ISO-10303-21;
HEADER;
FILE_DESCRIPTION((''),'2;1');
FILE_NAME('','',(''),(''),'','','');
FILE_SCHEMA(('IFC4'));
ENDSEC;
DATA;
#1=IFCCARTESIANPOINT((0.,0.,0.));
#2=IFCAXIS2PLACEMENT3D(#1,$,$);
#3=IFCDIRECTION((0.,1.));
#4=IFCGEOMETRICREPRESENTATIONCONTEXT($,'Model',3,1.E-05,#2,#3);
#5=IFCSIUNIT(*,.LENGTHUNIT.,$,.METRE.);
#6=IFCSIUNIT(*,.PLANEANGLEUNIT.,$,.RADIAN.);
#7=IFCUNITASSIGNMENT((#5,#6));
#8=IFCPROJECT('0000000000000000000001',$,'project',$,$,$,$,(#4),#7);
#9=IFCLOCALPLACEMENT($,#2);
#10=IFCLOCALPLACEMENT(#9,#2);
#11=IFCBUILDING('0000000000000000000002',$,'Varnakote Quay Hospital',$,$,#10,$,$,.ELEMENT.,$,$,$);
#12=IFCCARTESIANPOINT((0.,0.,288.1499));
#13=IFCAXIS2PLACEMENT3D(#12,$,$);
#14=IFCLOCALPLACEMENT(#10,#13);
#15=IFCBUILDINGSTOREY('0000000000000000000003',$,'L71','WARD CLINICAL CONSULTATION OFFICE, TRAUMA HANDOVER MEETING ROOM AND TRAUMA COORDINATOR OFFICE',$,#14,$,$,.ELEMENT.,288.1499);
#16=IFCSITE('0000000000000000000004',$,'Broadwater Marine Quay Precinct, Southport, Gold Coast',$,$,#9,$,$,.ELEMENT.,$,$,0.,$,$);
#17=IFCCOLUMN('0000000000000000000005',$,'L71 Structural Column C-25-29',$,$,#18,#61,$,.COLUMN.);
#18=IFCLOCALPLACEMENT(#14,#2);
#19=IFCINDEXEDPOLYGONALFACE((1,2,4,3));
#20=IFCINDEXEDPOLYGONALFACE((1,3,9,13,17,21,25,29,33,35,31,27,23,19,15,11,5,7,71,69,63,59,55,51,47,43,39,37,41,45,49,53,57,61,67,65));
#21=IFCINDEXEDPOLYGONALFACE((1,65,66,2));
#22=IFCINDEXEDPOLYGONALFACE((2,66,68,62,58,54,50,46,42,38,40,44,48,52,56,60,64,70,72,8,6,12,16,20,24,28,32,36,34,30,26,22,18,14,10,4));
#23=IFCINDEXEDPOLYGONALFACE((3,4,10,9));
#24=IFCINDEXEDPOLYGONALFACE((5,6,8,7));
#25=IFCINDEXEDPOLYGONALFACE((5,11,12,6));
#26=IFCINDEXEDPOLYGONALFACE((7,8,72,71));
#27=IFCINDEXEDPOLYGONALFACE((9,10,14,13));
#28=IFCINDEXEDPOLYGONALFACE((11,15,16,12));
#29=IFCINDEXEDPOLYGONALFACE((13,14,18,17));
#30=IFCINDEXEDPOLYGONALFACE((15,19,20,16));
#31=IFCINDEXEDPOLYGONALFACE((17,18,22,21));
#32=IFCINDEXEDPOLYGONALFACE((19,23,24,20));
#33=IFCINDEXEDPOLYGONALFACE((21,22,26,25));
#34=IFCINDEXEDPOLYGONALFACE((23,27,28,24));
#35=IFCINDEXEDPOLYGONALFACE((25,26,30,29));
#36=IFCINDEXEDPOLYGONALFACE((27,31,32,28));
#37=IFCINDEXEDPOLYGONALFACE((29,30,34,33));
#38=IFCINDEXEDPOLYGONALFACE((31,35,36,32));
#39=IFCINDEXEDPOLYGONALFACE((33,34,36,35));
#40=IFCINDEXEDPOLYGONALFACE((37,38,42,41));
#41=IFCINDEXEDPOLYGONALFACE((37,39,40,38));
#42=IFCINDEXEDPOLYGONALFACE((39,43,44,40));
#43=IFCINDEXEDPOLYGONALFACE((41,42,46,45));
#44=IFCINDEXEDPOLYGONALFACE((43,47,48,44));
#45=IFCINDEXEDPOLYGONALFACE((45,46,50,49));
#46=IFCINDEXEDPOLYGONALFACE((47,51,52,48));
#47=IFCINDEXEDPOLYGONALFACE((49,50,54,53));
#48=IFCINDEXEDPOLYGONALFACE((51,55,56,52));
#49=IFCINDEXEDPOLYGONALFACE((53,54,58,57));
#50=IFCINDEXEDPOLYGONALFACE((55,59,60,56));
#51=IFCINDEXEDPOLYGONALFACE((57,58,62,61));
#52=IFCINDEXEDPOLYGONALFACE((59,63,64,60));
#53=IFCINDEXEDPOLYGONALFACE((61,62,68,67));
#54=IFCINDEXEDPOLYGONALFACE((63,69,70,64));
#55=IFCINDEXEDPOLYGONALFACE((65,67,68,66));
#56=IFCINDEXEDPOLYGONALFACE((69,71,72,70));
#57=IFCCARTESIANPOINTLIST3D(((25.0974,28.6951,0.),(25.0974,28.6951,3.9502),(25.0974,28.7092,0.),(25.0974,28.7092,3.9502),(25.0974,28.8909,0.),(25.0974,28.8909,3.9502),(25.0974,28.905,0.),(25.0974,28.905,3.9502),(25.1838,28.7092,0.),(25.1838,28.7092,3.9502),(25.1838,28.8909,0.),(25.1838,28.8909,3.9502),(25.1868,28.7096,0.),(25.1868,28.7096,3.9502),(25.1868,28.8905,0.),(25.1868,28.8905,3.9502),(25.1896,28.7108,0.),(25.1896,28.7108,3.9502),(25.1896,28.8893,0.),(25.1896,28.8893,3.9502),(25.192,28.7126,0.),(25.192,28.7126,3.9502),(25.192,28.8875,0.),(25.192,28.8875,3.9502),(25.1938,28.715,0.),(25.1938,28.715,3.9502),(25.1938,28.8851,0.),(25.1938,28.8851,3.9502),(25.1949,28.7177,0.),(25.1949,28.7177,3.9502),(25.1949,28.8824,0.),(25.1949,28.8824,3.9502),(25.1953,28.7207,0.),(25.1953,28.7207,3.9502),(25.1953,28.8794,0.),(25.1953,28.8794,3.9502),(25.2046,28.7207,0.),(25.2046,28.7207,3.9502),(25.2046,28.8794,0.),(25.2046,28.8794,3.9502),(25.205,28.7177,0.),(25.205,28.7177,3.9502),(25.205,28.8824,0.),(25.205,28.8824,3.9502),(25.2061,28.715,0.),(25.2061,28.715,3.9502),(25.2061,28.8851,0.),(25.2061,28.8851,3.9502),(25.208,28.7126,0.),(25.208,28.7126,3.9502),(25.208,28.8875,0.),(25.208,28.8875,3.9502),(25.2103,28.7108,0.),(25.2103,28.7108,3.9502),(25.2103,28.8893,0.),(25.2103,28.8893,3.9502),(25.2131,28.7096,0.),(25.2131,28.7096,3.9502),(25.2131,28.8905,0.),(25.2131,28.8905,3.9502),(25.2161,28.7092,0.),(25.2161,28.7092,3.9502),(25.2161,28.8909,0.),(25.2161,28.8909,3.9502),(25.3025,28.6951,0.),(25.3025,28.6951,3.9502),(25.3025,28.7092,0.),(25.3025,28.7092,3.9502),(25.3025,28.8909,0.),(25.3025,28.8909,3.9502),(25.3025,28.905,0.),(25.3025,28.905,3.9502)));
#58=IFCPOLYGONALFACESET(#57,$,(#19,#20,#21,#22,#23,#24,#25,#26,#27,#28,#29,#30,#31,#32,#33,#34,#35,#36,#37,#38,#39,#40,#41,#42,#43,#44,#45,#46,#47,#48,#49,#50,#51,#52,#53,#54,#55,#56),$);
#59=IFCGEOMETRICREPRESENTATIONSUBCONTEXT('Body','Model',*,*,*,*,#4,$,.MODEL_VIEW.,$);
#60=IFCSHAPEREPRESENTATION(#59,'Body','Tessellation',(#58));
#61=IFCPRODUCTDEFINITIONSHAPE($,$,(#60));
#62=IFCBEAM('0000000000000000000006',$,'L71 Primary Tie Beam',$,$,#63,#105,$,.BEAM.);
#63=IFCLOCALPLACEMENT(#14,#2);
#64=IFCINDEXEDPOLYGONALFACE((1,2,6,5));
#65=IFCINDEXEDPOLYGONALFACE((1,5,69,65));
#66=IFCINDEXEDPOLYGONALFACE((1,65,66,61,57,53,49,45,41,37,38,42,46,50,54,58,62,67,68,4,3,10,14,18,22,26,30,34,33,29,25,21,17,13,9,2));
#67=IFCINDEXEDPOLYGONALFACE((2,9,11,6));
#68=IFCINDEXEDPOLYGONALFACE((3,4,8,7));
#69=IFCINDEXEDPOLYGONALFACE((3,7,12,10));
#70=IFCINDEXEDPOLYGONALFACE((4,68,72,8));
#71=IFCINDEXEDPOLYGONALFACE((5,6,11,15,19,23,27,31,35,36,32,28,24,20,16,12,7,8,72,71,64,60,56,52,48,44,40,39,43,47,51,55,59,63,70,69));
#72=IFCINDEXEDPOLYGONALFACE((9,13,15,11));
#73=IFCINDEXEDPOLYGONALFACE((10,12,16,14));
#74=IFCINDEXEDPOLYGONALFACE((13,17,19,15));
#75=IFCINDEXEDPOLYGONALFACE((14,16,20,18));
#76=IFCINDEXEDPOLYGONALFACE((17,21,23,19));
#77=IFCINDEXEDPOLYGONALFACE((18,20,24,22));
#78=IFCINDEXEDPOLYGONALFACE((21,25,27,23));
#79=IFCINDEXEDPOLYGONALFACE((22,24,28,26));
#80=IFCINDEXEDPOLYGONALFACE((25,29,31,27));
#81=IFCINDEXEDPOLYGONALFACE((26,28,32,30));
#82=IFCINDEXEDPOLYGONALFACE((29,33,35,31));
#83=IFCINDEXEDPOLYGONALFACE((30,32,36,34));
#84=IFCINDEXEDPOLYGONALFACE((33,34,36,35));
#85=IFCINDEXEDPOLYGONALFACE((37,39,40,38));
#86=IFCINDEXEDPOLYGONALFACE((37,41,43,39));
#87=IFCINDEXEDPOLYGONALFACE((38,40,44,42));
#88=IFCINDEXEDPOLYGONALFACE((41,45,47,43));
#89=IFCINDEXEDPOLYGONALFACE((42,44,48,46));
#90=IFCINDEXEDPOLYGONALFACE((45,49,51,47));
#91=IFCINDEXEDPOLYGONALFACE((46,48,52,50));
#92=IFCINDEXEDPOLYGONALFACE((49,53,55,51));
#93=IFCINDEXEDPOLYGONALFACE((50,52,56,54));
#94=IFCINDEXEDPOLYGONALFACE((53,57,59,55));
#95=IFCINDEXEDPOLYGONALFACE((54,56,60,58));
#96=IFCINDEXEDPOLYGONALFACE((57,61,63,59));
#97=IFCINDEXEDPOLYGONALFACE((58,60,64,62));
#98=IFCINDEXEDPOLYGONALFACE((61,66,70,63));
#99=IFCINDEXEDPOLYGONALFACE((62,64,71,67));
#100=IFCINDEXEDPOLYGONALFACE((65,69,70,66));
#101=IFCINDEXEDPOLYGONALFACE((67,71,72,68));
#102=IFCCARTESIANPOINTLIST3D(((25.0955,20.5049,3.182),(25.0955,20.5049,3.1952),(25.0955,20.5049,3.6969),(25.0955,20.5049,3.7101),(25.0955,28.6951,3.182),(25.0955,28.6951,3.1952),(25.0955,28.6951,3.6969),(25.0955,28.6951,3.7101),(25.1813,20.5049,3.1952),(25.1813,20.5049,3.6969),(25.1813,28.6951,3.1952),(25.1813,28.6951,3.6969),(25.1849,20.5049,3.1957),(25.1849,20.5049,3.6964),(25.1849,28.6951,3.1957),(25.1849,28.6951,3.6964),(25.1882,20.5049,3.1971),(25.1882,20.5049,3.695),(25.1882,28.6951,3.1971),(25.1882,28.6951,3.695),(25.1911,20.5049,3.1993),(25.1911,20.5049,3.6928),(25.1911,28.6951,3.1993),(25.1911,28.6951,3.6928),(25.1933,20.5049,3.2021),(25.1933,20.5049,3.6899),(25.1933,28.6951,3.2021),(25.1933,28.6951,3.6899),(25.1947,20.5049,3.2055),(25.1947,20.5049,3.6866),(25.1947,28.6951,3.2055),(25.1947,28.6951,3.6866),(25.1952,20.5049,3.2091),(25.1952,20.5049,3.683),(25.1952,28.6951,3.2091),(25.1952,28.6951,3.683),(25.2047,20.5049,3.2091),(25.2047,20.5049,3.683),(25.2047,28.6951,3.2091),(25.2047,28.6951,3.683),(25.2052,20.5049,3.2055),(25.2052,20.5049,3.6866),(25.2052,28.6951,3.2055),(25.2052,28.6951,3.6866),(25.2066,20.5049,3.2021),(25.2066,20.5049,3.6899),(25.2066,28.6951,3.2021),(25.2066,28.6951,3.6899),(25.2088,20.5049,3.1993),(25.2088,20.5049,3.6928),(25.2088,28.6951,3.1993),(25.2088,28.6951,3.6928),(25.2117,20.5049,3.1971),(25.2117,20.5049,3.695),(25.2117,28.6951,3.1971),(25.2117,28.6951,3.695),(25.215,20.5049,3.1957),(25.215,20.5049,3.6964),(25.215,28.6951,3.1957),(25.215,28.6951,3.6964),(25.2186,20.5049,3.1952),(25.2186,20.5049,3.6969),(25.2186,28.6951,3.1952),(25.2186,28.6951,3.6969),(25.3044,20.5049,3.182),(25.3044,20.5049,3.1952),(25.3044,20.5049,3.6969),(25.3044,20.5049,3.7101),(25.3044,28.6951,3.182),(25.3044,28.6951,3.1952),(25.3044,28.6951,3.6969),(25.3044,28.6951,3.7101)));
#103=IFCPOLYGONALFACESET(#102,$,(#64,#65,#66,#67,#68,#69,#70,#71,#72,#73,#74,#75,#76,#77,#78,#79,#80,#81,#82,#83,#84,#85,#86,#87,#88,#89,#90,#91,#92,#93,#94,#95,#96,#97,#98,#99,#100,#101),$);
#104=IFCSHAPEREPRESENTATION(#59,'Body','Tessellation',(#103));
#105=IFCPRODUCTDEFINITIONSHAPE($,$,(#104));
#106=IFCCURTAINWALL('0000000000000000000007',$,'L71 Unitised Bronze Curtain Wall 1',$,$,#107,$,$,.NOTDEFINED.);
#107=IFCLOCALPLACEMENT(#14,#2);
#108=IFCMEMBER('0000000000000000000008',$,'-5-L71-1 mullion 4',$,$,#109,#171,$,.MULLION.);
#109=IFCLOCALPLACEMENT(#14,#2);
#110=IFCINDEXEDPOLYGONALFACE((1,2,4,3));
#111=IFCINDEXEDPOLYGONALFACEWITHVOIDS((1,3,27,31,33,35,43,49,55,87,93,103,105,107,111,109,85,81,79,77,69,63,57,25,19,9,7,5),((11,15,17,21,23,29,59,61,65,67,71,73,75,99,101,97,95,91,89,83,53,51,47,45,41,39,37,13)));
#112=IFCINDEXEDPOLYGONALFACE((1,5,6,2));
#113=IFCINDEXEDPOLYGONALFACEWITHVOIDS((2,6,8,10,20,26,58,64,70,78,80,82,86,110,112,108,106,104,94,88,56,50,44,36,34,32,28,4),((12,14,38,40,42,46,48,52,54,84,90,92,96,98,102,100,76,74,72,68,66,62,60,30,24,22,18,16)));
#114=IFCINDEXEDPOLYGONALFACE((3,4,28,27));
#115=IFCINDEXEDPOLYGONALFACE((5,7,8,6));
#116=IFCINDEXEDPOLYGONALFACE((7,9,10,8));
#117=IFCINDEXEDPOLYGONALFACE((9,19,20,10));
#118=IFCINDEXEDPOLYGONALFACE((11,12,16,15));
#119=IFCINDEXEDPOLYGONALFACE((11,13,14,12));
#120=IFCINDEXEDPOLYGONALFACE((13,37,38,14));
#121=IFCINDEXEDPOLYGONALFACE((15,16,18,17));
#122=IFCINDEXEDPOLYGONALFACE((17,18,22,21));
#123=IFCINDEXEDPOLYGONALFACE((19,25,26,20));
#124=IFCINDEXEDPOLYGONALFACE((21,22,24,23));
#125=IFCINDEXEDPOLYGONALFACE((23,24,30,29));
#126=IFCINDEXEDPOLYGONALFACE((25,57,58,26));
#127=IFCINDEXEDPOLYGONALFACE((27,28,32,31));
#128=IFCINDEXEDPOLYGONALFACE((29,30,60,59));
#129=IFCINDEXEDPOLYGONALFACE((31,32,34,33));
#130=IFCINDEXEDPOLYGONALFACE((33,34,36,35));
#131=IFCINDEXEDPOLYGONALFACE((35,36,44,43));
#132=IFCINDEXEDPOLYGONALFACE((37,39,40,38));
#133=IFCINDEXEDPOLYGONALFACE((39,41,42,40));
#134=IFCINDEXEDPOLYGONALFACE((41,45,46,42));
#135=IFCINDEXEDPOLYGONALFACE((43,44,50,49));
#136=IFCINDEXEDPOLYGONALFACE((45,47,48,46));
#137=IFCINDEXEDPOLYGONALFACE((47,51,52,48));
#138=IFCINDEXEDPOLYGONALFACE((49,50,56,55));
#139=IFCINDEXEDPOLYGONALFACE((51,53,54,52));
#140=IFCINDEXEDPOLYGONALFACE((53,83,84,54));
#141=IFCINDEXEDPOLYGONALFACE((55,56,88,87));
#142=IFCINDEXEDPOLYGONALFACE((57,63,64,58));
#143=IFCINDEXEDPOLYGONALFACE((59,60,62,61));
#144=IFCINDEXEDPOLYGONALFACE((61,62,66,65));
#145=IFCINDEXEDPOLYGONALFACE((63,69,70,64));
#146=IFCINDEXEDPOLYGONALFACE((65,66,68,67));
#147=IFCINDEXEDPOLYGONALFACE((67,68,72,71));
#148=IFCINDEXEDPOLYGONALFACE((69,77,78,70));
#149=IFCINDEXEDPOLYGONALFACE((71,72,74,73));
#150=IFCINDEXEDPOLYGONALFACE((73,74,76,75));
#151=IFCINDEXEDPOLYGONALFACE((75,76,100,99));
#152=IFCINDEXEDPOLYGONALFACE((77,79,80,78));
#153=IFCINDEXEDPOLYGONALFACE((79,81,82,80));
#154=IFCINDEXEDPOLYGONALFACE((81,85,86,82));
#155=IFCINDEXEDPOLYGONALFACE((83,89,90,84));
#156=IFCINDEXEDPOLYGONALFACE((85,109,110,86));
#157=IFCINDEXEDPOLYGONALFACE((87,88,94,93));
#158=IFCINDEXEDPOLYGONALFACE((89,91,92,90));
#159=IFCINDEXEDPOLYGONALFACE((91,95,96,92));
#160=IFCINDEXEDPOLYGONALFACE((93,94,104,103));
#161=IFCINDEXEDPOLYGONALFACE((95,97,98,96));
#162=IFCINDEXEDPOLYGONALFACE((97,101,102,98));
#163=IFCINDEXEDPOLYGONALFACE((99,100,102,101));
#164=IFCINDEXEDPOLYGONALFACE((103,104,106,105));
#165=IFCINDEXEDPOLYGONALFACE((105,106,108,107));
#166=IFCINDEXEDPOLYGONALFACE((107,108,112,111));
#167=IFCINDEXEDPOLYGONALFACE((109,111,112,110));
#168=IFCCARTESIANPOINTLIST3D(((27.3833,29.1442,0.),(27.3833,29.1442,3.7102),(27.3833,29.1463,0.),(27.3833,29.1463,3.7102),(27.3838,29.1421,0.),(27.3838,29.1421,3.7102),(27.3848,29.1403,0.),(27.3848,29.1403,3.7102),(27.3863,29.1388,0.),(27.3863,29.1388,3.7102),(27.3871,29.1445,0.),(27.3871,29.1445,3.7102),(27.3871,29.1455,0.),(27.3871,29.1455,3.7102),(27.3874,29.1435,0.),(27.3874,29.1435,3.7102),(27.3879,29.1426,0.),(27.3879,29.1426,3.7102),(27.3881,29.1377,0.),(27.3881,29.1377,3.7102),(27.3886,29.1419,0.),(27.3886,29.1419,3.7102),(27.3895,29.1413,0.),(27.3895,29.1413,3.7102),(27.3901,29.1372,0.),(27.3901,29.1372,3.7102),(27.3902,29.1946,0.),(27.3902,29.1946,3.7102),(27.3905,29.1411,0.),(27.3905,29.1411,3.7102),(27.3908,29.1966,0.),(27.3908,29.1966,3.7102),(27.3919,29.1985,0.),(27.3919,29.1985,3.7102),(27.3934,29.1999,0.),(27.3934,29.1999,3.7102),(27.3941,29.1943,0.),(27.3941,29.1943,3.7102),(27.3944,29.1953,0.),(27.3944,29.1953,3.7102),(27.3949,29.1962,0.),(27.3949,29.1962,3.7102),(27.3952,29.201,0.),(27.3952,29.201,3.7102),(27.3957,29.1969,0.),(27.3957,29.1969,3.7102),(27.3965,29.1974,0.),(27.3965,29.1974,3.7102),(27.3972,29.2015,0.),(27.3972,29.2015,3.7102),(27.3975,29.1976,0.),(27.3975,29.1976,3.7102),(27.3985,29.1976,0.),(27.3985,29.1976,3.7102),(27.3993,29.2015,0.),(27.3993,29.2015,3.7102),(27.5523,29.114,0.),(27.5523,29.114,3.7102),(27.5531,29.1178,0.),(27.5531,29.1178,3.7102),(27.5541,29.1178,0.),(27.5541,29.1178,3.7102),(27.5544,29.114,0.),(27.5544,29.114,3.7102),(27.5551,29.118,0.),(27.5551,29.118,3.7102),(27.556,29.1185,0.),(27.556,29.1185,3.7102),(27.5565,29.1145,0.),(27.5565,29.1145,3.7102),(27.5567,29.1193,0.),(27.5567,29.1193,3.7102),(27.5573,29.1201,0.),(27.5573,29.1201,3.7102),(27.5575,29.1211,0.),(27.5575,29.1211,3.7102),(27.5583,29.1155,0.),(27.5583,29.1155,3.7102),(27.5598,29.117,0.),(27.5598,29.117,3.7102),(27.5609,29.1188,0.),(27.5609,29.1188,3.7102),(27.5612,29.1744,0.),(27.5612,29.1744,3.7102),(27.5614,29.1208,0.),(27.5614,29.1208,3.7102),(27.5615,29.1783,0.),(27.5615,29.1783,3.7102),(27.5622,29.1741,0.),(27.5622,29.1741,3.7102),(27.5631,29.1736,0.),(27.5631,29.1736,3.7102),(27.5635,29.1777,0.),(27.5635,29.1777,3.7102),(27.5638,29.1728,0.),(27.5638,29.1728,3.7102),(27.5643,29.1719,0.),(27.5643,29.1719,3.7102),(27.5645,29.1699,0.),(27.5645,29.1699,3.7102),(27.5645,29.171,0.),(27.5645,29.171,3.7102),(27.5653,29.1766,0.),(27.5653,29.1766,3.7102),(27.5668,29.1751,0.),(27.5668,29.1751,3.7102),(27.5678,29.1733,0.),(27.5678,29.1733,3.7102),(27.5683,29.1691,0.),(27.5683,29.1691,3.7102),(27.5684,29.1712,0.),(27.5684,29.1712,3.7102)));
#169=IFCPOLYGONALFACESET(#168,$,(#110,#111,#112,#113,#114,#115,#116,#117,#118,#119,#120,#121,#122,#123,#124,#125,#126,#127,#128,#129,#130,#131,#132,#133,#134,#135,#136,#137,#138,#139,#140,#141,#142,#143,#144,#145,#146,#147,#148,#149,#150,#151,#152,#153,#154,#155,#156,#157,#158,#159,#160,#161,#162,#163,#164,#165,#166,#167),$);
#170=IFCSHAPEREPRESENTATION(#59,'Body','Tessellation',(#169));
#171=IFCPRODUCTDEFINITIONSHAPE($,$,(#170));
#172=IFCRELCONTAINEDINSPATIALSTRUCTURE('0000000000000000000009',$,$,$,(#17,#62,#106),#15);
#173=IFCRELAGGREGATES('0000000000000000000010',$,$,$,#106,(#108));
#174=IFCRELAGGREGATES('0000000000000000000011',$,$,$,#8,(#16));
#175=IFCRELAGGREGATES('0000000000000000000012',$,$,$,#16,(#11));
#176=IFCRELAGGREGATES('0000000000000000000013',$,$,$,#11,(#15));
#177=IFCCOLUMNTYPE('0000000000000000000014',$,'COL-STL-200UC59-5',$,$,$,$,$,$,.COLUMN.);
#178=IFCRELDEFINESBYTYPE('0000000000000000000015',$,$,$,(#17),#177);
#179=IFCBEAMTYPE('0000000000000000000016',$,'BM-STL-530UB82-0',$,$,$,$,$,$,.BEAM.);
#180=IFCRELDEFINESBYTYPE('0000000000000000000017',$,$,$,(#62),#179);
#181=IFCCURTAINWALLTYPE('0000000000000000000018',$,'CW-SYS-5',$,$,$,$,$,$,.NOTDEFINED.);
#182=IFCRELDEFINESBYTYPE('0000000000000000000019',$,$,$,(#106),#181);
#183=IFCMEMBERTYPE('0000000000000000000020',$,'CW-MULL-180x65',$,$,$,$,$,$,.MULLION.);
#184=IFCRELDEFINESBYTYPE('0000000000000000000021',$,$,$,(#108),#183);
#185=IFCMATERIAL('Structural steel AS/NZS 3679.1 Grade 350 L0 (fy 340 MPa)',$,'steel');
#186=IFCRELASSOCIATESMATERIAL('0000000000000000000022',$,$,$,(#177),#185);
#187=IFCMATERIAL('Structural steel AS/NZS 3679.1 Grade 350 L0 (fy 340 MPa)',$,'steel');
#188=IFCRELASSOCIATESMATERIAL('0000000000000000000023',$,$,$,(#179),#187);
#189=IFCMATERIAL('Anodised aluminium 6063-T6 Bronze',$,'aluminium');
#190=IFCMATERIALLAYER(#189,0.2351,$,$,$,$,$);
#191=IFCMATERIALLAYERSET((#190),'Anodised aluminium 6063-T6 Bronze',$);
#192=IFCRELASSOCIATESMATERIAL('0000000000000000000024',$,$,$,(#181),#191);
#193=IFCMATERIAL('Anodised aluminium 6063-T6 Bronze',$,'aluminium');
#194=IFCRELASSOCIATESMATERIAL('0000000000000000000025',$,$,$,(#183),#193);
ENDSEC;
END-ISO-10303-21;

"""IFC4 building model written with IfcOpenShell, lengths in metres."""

from ifc_helpers import new_model, si_unit, direction, frame, origin, origin_2d, place, context, subcontext, project, spatial, hollow_rectangle, i_section, extrude, material, layer, layer_set, material_profile, profile_set, type_object, element, aggregate, save


model = new_model("IFC4")

# Units and contexts
model_context = context("Model", 3, precision=1e-05, world=origin(), true_north=direction((0.0, 1.0)))
body_context = subcontext(model_context, "Body", "Model", "MODEL_VIEW")
ifc_project = project(units=[si_unit("LENGTHUNIT", "METRE"), si_unit("PLANEANGLEUNIT", "RADIAN")], contexts=[model_context])

# Site, building, storey
site_placement = place(None, origin())
site = spatial("IfcSite", under=ifc_project, at=site_placement, Name="Broadwater Marine Quay Precinct, Southport, Gold Coast", CompositionType="ELEMENT", RefElevation=0.0)
building_placement = place(site_placement, origin())
building = spatial("IfcBuilding", under=site, at=building_placement, Name="Varnakote Quay Hospital", CompositionType="ELEMENT")
storey_placement = place(building_placement, frame((0.0, 0.0, 288.1499)))
storey = spatial("IfcBuildingStorey", under=building, at=storey_placement, Name="L71", Description="WARD CLINICAL CONSULTATION OFFICE, TRAUMA HANDOVER MEETING ROOM AND TRAUMA COORDINATOR OFFICE", CompositionType="ELEMENT", Elevation=288.1499)

# Column
ifc_material_1 = material(Name="Structural steel AS/NZS 3679.1 Grade 350 L0 (fy 340 MPa)", Category="steel")
ifc_material_profile_1 = material_profile(ifc_material_1, i_section(OverallWidth=0.2051, OverallDepth=0.21, WebThickness=0.0093, FlangeThickness=0.0142, FilletRadius=0.0115, at=origin_2d()), Name="200UC59.5")
ifc_profile_set_1 = profile_set([ifc_material_profile_1], Name="Structural steel AS/NZS 3679.1 Grade 350 L0 (fy 340 MPa)")
column_type = type_object("IfcColumnType", Name="COL-STL-200UC59-5", PredefinedType="COLUMN", material=ifc_profile_set_1)
column_placement = place(storey_placement, frame((25.2, 28.8, 0.0), z_axis=(0.0, 0.0, 1.0), x_axis=(1.0, 0.0, 0.0)))
element("IfcColumn", 1, at=column_placement, inside=storey, type_object=column_type, Name="L71 Structural Column C-25-29", PredefinedType="COLUMN", context=body_context, shape_type="SweptSolid", body=[
    extrude(i_section(OverallWidth=0.2051, OverallDepth=0.21, WebThickness=0.0093, FlangeThickness=0.0142, FilletRadius=0.0115, at=origin_2d()), origin(), (0.0, 0.0, 1.0), 3.9502),
])

# Beam
ifc_material_2 = material(Name="Structural steel AS/NZS 3679.1 Grade 350 L0 (fy 340 MPa)", Category="steel")
ifc_material_profile_2 = material_profile(ifc_material_2, i_section(OverallWidth=0.209, OverallDepth=0.5281, WebThickness=0.0095, FlangeThickness=0.0132, FilletRadius=0.0139, at=origin_2d()), Name="530UB82.0")
ifc_profile_set_2 = profile_set([ifc_material_profile_2], Name="Structural steel AS/NZS 3679.1 Grade 350 L0 (fy 340 MPa)")
beam_type = type_object("IfcBeamType", Name="BM-STL-530UB82-0", PredefinedType="BEAM", material=ifc_profile_set_2)
beam_placement = place(storey_placement, frame((25.2, 20.5049, 3.446), z_axis=(0.0, 1.0, 0.0), x_axis=(-1.0, 0.0, 0.0)))
element("IfcBeam", 2, at=beam_placement, inside=storey, type_object=beam_type, Name="L71 Primary Tie Beam", PredefinedType="BEAM", context=body_context, shape_type="SweptSolid", body=[
    extrude(i_section(OverallWidth=0.209, OverallDepth=0.5281, WebThickness=0.0095, FlangeThickness=0.0132, FilletRadius=0.0139, at=origin_2d()), origin(), (0.0, 0.0, 1.0), 8.1902),
])

# Curtain wall, member
ifc_material_3 = material(Name="Anodised aluminium 6063-T6 Bronze", Category="aluminium")
ifc_layer_1 = layer(ifc_material_3, 0.2351)
ifc_layer_set_1 = layer_set([ifc_layer_1], Name="Anodised aluminium 6063-T6 Bronze")
curtain_wall_type = type_object("IfcCurtainWallType", Name="CW-SYS-5", PredefinedType="NOTDEFINED", material=ifc_layer_set_1)
curtain_wall_1_placement = place(storey_placement, origin())
curtain_wall_1 = element("IfcCurtainWall", 3, at=curtain_wall_1_placement, inside=storey, type_object=curtain_wall_type, Name="L71 Unitised Bronze Curtain Wall 1", PredefinedType="NOTDEFINED")
ifc_material_4 = material(Name="Anodised aluminium 6063-T6 Bronze", Category="aluminium")
ifc_material_profile_3 = material_profile(ifc_material_4, hollow_rectangle(XDim=0.0649, YDim=0.1799, WallThickness=0.0039, InnerFilletRadius=0.0039, OuterFilletRadius=0.0081, at=origin_2d()), Name="CW-MULL-180x65")
ifc_profile_set_3 = profile_set([ifc_material_profile_3], Name="Anodised aluminium 6063-T6 Bronze")
member_type_1 = type_object("IfcMemberType", Name="CW-MULL-180x65", PredefinedType="MULLION", material=ifc_profile_set_3)
member_1_placement = place(storey_placement, frame((27.4758, 29.1577, 0.0), z_axis=(0.0, 0.0, 1.0), x_axis=(-0.141572, -0.989928, 0.0)))
member_1 = element("IfcMember", 4, at=member_1_placement, type_object=member_type_1, Name="-5-L71-1 mullion 4", PredefinedType="MULLION", context=body_context, shape_type="SweptSolid", body=[
    extrude(hollow_rectangle(XDim=0.0649, YDim=0.1799, WallThickness=0.0039, InnerFilletRadius=0.0039, OuterFilletRadius=0.0081, at=origin_2d()), origin(), (0.0, 0.0, 1.0), 3.7102),
])
aggregate(curtain_wall_1, [member_1])

save(model, "model.ifc")
